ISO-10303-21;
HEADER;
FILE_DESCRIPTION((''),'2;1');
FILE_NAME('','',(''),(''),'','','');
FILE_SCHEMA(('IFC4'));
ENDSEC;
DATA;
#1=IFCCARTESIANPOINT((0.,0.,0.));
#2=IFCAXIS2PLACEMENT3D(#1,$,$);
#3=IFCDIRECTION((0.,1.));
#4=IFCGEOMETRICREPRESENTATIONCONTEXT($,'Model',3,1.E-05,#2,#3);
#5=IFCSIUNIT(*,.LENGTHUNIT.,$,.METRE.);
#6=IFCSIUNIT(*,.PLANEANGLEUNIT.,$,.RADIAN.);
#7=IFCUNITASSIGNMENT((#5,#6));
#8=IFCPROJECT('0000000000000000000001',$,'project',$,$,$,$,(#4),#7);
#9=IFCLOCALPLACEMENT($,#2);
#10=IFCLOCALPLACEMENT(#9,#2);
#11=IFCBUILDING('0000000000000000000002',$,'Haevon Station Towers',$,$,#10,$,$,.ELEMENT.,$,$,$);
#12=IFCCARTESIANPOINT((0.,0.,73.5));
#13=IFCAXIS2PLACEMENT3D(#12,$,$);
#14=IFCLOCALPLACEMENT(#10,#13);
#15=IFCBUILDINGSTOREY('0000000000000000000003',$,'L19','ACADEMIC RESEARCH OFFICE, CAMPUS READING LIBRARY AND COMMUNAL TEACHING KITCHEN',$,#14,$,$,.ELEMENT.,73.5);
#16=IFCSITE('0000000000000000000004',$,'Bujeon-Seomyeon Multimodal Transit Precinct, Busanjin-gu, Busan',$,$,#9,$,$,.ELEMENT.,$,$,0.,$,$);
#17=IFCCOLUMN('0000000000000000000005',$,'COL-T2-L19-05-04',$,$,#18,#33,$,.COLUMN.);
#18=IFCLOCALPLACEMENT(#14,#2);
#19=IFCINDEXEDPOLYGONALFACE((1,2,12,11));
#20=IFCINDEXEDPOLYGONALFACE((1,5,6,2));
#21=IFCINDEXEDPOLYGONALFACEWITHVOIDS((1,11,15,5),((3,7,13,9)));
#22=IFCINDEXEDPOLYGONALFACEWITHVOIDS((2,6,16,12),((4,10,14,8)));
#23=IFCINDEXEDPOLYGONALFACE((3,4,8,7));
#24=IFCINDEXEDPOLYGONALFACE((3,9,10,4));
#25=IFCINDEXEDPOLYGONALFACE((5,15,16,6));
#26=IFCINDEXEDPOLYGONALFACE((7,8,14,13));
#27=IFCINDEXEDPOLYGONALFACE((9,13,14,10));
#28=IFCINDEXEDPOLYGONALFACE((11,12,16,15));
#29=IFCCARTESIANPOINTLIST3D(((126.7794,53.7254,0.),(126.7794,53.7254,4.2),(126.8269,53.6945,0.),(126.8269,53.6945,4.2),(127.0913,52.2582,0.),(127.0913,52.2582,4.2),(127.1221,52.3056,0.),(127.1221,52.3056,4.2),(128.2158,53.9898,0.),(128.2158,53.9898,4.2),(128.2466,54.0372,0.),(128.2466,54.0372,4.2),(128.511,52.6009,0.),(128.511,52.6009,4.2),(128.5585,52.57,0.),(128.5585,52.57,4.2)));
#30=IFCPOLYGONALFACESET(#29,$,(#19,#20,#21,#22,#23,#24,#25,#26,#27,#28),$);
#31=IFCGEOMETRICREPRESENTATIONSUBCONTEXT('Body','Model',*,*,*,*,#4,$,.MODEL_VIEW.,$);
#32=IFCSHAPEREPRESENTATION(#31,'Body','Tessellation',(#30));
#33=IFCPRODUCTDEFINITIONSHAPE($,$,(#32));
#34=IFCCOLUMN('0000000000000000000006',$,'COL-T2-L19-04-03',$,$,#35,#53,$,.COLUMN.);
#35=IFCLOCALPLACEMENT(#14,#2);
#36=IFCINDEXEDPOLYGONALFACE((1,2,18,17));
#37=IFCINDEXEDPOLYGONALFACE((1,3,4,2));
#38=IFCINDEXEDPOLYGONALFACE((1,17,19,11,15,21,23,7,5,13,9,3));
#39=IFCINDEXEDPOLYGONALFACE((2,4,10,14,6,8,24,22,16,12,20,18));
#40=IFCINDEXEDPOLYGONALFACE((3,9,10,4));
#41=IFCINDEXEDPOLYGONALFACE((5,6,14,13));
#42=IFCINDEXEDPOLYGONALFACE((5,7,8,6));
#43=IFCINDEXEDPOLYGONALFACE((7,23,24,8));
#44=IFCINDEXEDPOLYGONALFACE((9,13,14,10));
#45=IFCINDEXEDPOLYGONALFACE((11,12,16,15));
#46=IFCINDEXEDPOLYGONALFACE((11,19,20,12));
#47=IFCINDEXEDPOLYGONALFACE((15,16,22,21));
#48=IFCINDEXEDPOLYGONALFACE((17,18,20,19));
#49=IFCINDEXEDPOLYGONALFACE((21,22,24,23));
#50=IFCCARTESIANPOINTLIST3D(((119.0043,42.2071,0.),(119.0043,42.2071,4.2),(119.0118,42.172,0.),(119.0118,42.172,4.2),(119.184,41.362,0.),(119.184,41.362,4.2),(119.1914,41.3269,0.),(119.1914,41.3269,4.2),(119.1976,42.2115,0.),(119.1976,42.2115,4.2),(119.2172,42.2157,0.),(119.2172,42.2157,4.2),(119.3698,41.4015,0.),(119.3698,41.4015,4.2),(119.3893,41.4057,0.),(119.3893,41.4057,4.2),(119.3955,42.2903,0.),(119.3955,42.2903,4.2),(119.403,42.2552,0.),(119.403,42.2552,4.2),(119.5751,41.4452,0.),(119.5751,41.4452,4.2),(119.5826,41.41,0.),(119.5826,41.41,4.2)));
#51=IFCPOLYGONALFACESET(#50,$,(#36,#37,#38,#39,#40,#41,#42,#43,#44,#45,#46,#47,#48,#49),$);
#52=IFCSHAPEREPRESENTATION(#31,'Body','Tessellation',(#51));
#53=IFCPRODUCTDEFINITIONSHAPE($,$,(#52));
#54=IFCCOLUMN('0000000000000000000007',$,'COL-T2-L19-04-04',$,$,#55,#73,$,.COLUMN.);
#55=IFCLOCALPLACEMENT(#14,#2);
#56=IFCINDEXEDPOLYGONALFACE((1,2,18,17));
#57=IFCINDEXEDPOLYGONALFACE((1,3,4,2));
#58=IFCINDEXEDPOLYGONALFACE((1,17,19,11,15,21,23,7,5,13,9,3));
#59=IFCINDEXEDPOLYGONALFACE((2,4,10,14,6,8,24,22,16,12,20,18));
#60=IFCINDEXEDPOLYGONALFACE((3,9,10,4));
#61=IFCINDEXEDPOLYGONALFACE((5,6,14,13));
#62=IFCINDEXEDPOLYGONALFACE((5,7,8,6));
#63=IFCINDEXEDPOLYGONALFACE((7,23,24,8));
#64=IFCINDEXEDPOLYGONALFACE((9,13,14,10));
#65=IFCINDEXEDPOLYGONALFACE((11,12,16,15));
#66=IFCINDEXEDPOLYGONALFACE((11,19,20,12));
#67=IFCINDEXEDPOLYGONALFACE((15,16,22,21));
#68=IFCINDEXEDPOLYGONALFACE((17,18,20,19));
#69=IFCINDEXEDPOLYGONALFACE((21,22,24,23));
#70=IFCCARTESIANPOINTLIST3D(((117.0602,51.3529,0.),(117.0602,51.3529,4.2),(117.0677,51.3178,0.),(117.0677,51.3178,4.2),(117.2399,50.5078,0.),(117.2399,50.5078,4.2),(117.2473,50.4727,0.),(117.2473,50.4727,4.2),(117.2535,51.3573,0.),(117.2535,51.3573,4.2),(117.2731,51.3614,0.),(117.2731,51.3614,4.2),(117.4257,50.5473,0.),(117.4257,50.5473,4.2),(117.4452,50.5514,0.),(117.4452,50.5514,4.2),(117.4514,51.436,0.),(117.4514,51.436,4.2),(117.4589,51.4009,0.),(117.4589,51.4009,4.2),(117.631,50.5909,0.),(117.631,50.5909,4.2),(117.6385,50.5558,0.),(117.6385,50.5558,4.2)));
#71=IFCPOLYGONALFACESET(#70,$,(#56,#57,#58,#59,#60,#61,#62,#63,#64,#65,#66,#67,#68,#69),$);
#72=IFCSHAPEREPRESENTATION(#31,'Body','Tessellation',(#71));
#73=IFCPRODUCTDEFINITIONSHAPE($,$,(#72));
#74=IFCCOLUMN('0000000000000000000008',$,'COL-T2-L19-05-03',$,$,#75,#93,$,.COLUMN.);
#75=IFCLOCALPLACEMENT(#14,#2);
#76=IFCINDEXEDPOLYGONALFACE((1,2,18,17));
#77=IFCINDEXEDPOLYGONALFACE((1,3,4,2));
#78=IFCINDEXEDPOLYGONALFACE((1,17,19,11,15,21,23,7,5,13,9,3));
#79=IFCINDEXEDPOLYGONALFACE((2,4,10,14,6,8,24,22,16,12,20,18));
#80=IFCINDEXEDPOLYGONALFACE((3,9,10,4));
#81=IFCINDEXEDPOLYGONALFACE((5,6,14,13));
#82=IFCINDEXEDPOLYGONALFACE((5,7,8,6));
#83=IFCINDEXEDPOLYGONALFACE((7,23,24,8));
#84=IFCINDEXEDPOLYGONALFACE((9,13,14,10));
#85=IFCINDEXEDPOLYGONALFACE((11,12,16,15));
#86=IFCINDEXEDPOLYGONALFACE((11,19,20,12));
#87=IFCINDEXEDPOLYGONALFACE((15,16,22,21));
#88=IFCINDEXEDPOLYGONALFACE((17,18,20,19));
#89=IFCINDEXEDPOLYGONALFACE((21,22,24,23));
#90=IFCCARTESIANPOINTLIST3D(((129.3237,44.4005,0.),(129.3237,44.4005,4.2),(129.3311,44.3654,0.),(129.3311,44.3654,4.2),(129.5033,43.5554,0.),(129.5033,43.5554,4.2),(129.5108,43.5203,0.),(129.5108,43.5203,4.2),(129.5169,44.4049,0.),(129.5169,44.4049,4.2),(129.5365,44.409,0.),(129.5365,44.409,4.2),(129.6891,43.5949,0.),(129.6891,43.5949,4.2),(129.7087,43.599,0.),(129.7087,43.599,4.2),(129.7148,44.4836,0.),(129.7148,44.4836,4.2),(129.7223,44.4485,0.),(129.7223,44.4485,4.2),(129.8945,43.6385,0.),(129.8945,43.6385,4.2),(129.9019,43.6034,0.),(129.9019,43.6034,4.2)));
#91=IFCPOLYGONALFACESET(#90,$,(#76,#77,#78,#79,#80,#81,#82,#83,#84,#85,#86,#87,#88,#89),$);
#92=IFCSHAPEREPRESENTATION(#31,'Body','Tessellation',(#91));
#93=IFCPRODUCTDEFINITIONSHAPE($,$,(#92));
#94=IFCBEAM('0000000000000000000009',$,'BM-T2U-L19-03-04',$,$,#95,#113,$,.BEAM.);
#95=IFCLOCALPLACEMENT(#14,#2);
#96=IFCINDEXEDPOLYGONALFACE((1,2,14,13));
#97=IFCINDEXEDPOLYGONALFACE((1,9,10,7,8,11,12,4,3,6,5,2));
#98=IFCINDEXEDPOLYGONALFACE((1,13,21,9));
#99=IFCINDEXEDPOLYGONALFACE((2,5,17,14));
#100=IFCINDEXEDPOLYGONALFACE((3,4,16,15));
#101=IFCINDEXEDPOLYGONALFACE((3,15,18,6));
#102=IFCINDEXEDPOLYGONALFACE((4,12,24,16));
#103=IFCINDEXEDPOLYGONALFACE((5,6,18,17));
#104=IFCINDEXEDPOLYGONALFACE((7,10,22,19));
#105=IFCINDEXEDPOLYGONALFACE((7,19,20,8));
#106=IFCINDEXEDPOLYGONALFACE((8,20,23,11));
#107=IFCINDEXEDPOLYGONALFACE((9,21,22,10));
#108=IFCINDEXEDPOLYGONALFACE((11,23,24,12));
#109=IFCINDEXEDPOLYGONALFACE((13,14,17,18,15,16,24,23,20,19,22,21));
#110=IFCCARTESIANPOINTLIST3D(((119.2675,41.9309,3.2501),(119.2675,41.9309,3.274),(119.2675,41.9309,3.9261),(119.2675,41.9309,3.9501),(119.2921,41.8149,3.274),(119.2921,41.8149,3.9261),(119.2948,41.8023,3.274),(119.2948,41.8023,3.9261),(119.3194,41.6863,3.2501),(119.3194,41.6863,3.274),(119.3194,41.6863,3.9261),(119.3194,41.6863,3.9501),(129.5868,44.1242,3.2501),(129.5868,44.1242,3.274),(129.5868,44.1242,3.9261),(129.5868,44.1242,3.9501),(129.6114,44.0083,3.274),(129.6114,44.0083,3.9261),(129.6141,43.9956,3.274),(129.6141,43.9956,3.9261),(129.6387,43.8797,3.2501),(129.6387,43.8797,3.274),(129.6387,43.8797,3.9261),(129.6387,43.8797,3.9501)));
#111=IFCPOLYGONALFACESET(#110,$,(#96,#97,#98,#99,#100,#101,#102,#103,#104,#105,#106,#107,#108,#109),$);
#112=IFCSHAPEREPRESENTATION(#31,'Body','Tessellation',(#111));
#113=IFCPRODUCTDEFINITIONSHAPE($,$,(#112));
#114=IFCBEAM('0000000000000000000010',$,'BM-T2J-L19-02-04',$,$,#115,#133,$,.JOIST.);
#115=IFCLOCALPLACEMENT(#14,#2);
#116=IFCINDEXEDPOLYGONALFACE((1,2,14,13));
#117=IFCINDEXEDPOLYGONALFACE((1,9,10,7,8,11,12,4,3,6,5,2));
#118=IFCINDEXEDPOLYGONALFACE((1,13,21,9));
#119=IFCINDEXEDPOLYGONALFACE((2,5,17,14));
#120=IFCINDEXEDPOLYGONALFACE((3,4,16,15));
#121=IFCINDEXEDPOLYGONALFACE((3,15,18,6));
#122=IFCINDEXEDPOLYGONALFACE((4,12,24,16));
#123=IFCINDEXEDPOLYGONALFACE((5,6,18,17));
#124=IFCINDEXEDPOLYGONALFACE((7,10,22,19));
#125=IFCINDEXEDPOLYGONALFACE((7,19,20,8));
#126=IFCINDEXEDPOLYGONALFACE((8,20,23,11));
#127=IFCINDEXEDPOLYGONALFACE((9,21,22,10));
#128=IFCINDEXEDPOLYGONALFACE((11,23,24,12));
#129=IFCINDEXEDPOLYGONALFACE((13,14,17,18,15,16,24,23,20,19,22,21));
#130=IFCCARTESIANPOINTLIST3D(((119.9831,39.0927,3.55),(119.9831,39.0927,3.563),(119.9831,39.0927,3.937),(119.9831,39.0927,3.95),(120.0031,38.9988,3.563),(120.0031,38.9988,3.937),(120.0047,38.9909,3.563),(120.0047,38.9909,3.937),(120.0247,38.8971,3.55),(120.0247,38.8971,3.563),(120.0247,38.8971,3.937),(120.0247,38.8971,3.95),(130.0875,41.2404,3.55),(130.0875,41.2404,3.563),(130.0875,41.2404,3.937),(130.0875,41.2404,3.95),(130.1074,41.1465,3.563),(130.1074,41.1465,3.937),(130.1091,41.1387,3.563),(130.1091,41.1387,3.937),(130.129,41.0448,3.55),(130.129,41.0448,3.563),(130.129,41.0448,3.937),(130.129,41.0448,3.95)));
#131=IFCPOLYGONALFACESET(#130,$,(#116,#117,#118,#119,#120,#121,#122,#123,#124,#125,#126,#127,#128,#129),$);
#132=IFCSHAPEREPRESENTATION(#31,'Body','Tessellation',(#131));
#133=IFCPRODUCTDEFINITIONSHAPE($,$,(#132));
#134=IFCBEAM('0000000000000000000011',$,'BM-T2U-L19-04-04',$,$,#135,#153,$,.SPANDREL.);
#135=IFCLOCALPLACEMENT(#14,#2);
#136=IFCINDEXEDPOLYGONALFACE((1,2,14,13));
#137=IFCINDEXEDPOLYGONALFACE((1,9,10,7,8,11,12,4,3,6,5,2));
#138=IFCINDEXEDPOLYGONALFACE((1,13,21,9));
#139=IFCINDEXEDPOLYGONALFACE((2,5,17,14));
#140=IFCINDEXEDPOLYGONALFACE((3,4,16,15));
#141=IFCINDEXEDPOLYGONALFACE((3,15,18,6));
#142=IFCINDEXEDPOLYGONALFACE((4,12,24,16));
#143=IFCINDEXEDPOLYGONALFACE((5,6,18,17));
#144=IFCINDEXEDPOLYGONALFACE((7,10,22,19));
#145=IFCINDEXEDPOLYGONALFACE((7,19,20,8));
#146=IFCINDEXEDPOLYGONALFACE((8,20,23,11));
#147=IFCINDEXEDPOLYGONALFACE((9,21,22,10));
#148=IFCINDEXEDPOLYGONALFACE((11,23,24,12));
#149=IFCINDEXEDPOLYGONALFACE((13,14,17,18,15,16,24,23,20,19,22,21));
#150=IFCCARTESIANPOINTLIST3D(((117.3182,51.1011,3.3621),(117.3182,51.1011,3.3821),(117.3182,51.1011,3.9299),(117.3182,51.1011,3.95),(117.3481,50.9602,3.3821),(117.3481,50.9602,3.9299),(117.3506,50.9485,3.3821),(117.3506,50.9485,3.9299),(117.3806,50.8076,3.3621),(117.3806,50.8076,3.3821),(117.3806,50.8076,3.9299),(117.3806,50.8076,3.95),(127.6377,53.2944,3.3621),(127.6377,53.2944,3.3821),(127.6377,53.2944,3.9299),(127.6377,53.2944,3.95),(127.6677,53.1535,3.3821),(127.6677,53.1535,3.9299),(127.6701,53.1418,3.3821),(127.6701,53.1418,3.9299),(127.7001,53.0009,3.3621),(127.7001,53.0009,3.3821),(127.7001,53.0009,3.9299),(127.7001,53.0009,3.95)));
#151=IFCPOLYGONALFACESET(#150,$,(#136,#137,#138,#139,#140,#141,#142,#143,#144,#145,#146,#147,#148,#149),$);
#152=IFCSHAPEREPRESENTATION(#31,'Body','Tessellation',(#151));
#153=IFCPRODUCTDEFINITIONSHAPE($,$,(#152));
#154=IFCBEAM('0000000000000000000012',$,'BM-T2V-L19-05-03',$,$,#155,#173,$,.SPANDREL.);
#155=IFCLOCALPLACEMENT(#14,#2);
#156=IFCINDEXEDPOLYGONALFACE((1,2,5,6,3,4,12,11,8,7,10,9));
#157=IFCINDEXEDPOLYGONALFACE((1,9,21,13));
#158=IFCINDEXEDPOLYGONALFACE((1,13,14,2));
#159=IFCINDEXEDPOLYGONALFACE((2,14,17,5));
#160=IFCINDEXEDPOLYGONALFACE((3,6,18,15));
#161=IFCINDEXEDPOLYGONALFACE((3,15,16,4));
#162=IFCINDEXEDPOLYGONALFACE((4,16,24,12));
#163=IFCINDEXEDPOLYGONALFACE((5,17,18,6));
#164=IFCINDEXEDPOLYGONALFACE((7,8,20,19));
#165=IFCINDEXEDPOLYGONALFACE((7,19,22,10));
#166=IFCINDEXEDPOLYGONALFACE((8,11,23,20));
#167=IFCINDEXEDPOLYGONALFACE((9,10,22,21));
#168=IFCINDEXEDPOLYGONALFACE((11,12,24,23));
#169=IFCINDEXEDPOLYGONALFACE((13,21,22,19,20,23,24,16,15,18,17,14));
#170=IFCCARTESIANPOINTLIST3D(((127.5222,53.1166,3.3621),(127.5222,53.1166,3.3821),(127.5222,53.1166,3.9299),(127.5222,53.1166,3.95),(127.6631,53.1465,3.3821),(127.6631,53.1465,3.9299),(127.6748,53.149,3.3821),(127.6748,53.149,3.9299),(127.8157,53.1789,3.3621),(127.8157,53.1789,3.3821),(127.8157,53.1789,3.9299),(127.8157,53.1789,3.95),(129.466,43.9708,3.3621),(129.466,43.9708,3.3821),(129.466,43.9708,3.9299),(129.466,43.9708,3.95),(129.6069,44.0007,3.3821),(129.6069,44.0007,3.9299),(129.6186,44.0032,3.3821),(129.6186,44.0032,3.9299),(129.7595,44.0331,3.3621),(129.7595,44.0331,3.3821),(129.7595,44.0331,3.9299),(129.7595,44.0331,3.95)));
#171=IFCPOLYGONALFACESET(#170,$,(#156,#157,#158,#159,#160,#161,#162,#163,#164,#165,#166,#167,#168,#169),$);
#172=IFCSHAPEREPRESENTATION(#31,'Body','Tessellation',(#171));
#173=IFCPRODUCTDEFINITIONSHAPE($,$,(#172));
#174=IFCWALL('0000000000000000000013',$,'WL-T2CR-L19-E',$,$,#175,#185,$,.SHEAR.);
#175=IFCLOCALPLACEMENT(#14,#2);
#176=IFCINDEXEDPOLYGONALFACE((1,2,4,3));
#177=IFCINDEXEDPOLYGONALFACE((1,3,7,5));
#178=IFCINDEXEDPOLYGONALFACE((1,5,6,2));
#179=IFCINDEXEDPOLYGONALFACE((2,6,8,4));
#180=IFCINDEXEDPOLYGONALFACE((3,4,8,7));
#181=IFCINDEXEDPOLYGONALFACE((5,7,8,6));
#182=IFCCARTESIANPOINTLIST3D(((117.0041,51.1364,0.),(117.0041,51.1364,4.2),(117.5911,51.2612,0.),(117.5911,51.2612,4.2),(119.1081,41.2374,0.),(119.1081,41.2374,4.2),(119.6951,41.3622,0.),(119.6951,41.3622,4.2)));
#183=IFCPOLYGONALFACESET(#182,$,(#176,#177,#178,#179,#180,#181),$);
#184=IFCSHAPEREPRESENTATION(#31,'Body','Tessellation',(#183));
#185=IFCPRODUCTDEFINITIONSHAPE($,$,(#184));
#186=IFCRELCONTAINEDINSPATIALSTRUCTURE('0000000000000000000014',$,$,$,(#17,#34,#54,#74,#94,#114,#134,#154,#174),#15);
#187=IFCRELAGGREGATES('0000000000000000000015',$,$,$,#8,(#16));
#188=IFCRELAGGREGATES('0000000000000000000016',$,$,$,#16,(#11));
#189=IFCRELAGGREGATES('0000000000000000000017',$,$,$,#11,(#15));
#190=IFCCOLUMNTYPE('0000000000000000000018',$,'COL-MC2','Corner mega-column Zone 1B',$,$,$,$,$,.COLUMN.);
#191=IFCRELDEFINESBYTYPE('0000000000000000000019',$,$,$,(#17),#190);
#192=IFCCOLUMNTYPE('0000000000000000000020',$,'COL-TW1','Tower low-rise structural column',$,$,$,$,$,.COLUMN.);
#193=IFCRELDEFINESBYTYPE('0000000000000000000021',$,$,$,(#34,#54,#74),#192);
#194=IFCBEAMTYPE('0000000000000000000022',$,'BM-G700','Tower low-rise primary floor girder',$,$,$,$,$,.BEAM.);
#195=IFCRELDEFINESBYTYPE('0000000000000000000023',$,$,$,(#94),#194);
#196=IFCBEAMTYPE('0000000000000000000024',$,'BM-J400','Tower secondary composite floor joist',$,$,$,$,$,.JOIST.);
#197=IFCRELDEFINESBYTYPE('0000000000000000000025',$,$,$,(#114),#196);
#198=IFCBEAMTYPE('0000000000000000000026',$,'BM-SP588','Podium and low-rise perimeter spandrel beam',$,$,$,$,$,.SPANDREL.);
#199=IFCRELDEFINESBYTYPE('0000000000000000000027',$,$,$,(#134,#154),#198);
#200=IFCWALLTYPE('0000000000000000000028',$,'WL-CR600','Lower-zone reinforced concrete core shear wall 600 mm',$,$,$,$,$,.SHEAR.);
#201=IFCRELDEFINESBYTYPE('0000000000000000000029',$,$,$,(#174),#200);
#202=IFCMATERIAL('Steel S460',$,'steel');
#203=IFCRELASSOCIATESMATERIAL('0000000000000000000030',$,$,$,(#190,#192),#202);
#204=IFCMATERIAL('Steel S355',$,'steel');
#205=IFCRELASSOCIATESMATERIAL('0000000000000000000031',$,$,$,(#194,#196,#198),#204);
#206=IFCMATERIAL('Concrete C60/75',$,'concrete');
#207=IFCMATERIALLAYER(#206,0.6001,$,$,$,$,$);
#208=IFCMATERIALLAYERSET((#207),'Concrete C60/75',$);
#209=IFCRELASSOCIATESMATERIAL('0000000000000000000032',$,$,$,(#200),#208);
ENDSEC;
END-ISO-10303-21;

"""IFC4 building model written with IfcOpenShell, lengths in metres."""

from ifc_helpers import new_model, si_unit, direction, frame, frame_2d, origin, origin_2d, place, context, subcontext, project, spatial, rectangle, hollow_rectangle, i_section, extrude, material, layer, layer_set, material_profile, profile_set, type_object, element, save


model = new_model("IFC4")

# Units and contexts
model_context = context("Model", 3, precision=1e-05, world=origin(), true_north=direction((0.0, 1.0)))
body_context = subcontext(model_context, "Body", "Model", "MODEL_VIEW")
ifc_project = project(units=[si_unit("LENGTHUNIT", "METRE"), si_unit("PLANEANGLEUNIT", "RADIAN")], contexts=[model_context])

# Site, building, storey
site_placement = place(None, origin())
site = spatial("IfcSite", under=ifc_project, at=site_placement, Name="Bujeon-Seomyeon Multimodal Transit Precinct, Busanjin-gu, Busan", CompositionType="ELEMENT", RefElevation=0.0)
building_placement = place(site_placement, origin())
building = spatial("IfcBuilding", under=site, at=building_placement, Name="Haevon Station Towers", CompositionType="ELEMENT")
storey_placement = place(building_placement, frame((0.0, 0.0, 73.5)))
storey = spatial("IfcBuildingStorey", under=building, at=storey_placement, Name="L19", Description="ACADEMIC RESEARCH OFFICE, CAMPUS READING LIBRARY AND COMMUNAL TEACHING KITCHEN", CompositionType="ELEMENT", Elevation=73.5)

# Columns
ifc_material_1 = material(Name="Steel S460", Category="steel")
ifc_material_profile_1 = material_profile(ifc_material_1, hollow_rectangle(XDim=1.5, YDim=1.5, WallThickness=0.04, at=origin_2d()), Name="BOX-1500x1500x40")
ifc_profile_set_1 = profile_set([ifc_material_profile_1], Name="Steel S460")
column_type_1 = type_object("IfcColumnType", Name="COL-MC2", Description="Corner mega-column Zone 1B", PredefinedType="COLUMN", material=ifc_profile_set_1)
column_placement = place(storey_placement, frame((127.6689, 53.1477, 0.0), z_axis=(0.0, 0.0, 1.0), x_axis=(0.978148, 0.207912, 0.0)))
element("IfcColumn", 1, at=column_placement, inside=storey, type_object=column_type_1, Name="COL-T2-L19-05-04", PredefinedType="COLUMN", context=body_context, shape_type="SweptSolid", body=[
    extrude(hollow_rectangle(XDim=1.5, YDim=1.5, WallThickness=0.04, at=origin_2d()), origin(), (0.0, 0.0, 1.0), 4.2),
])
ifc_material_profile_2 = material_profile(ifc_material_1, i_section(OverallWidth=0.3999, OverallDepth=0.8999, WebThickness=0.02, FlangeThickness=0.0359, at=origin_2d()), Name="H-900x400x20x36")
ifc_profile_set_2 = profile_set([ifc_material_profile_2], Name="Steel S460")
column_type_2 = type_object("IfcColumnType", Name="COL-TW1", Description="Tower low-rise structural column", PredefinedType="COLUMN", material=ifc_profile_set_2)
for number, where, z_axis, x_axis, name in (
    (2, (119.2935, 41.8086, 0.0), (0.0, 0.0, 1.0), (0.978148, 0.207912, 0.0), "COL-T2-L19-04-03"),
    (3, (117.3494, 50.9543, 0.0), (0.0, 0.0, 1.0), (0.978148, 0.207912, 0.0), "COL-T2-L19-04-04"),
    (4, (129.6128, 44.002, 0.0), (0.0, 0.0, 1.0), (0.978148, 0.207912, 0.0), "COL-T2-L19-05-03"),
):
    element("IfcColumn", number, at=place(storey_placement, frame(where, z_axis=z_axis, x_axis=x_axis)), inside=storey, type_object=column_type_2, Name=name, PredefinedType="COLUMN", context=body_context, shape_type="SweptSolid", body=[
        extrude(i_section(OverallWidth=0.3999, OverallDepth=0.8999, WebThickness=0.02, FlangeThickness=0.0359, at=origin_2d()), origin(), (0.0, 0.0, 1.0), 4.2),
    ])

# Beams
ifc_material_2 = material(Name="Steel S355", Category="steel")
ifc_material_profile_3 = material_profile(ifc_material_2, i_section(OverallWidth=0.25, OverallDepth=0.7, WebThickness=0.0129, FlangeThickness=0.0239, at=origin_2d()), Name="H-700x250x13x24")
ifc_profile_set_3 = profile_set([ifc_material_profile_3], Name="Steel S355")
beam_type_1 = type_object("IfcBeamType", Name="BM-G700", Description="Tower low-rise primary floor girder", PredefinedType="BEAM", material=ifc_profile_set_3)
beam_1_placement = place(storey_placement, frame((119.2935, 41.8086, 3.6001), z_axis=(0.978149, 0.207904, 0.0), x_axis=(-0.207904, 0.978149, 0.0)))
element("IfcBeam", 5, at=beam_1_placement, inside=storey, type_object=beam_type_1, Name="BM-T2U-L19-03-04", PredefinedType="BEAM", context=body_context, shape_type="SweptSolid", body=[
    extrude(i_section(OverallWidth=0.25, OverallDepth=0.7, WebThickness=0.0129, FlangeThickness=0.0239, at=origin_2d()), origin(), (0.0, 0.0, 1.0), 10.5498),
])
ifc_material_profile_4 = material_profile(ifc_material_2, i_section(OverallWidth=0.2, OverallDepth=0.3999, WebThickness=0.0081, FlangeThickness=0.0129, at=origin_2d()), Name="H-400x200x8x13")
ifc_profile_set_4 = profile_set([ifc_material_profile_4], Name="Steel S355")
beam_type_2 = type_object("IfcBeamType", Name="BM-J400", Description="Tower secondary composite floor joist", PredefinedType="JOIST", material=ifc_profile_set_4)
beam_2_placement = place(storey_placement, frame((120.0039, 38.9949, 3.75), z_axis=(0.978148, 0.20791, 0.0), x_axis=(-0.20791, 0.978148, 0.0)))
element("IfcBeam", 6, at=beam_2_placement, inside=storey, type_object=beam_type_2, Name="BM-T2J-L19-02-04", PredefinedType="JOIST", context=body_context, shape_type="SweptSolid", body=[
    extrude(i_section(OverallWidth=0.2, OverallDepth=0.3999, WebThickness=0.0081, FlangeThickness=0.0129, at=origin_2d()), origin(), (0.0, 0.0, 1.0), 10.3301),
])
ifc_material_profile_5 = material_profile(ifc_material_2, i_section(OverallWidth=0.3, OverallDepth=0.5879, WebThickness=0.012, FlangeThickness=0.02, at=origin_2d()), Name="H-588x300x12x20")
ifc_profile_set_5 = profile_set([ifc_material_profile_5], Name="Steel S355")
beam_type_3 = type_object("IfcBeamType", Name="BM-SP588", Description="Podium and low-rise perimeter spandrel beam", PredefinedType="SPANDREL", material=ifc_profile_set_5)
beam_3_placement = place(storey_placement, frame((117.3494, 50.9543, 3.656), z_axis=(0.97815, 0.207899, 0.0), x_axis=(-0.207899, 0.97815, 0.0)))
element("IfcBeam", 7, at=beam_3_placement, inside=storey, type_object=beam_type_3, Name="BM-T2U-L19-04-04", PredefinedType="SPANDREL", context=body_context, shape_type="SweptSolid", body=[
    extrude(i_section(OverallWidth=0.3, OverallDepth=0.5879, WebThickness=0.012, FlangeThickness=0.02, at=origin_2d()), origin(), (0.0, 0.0, 1.0), 10.55),
])
beam_4_placement = place(storey_placement, frame((129.6128, 44.002, 3.656), z_axis=(-0.207897, 0.978151, 0.0), x_axis=(-0.978151, -0.207897, 0.0)))
element("IfcBeam", 8, at=beam_4_placement, inside=storey, type_object=beam_type_3, Name="BM-T2V-L19-05-03", PredefinedType="SPANDREL", context=body_context, shape_type="SweptSolid", body=[
    extrude(i_section(OverallWidth=0.3, OverallDepth=0.5879, WebThickness=0.012, FlangeThickness=0.02, at=origin_2d()), origin(), (0.0, 0.0, 1.0), 9.3501),
])

# Wall
ifc_material_3 = material(Name="Concrete C60/75", Category="concrete")
ifc_layer_1 = layer(ifc_material_3, 0.6001)
ifc_layer_set_1 = layer_set([ifc_layer_1], Name="Concrete C60/75")
wall_type_1 = type_object("IfcWallType", Name="WL-CR600", Description="Lower-zone reinforced concrete core shear wall 600 mm", PredefinedType="SHEAR", material=ifc_layer_set_1)
wall_1_placement = place(storey_placement, frame((119.4016, 41.2998, 0.0), z_axis=(0.0, 0.0, 1.0), x_axis=(-0.207904, 0.978149, 0.0)))
element("IfcWall", 9, at=wall_1_placement, inside=storey, type_object=wall_type_1, Name="WL-T2CR-L19-E", PredefinedType="SHEAR", context=body_context, shape_type="SweptSolid", body=[
    extrude(rectangle(XDim=10.1201, YDim=0.6001, at=frame_2d((5.0601, 0.0))), origin(), (0.0, 0.0, 1.0), 4.2),
])

save(model, "model.ifc")
